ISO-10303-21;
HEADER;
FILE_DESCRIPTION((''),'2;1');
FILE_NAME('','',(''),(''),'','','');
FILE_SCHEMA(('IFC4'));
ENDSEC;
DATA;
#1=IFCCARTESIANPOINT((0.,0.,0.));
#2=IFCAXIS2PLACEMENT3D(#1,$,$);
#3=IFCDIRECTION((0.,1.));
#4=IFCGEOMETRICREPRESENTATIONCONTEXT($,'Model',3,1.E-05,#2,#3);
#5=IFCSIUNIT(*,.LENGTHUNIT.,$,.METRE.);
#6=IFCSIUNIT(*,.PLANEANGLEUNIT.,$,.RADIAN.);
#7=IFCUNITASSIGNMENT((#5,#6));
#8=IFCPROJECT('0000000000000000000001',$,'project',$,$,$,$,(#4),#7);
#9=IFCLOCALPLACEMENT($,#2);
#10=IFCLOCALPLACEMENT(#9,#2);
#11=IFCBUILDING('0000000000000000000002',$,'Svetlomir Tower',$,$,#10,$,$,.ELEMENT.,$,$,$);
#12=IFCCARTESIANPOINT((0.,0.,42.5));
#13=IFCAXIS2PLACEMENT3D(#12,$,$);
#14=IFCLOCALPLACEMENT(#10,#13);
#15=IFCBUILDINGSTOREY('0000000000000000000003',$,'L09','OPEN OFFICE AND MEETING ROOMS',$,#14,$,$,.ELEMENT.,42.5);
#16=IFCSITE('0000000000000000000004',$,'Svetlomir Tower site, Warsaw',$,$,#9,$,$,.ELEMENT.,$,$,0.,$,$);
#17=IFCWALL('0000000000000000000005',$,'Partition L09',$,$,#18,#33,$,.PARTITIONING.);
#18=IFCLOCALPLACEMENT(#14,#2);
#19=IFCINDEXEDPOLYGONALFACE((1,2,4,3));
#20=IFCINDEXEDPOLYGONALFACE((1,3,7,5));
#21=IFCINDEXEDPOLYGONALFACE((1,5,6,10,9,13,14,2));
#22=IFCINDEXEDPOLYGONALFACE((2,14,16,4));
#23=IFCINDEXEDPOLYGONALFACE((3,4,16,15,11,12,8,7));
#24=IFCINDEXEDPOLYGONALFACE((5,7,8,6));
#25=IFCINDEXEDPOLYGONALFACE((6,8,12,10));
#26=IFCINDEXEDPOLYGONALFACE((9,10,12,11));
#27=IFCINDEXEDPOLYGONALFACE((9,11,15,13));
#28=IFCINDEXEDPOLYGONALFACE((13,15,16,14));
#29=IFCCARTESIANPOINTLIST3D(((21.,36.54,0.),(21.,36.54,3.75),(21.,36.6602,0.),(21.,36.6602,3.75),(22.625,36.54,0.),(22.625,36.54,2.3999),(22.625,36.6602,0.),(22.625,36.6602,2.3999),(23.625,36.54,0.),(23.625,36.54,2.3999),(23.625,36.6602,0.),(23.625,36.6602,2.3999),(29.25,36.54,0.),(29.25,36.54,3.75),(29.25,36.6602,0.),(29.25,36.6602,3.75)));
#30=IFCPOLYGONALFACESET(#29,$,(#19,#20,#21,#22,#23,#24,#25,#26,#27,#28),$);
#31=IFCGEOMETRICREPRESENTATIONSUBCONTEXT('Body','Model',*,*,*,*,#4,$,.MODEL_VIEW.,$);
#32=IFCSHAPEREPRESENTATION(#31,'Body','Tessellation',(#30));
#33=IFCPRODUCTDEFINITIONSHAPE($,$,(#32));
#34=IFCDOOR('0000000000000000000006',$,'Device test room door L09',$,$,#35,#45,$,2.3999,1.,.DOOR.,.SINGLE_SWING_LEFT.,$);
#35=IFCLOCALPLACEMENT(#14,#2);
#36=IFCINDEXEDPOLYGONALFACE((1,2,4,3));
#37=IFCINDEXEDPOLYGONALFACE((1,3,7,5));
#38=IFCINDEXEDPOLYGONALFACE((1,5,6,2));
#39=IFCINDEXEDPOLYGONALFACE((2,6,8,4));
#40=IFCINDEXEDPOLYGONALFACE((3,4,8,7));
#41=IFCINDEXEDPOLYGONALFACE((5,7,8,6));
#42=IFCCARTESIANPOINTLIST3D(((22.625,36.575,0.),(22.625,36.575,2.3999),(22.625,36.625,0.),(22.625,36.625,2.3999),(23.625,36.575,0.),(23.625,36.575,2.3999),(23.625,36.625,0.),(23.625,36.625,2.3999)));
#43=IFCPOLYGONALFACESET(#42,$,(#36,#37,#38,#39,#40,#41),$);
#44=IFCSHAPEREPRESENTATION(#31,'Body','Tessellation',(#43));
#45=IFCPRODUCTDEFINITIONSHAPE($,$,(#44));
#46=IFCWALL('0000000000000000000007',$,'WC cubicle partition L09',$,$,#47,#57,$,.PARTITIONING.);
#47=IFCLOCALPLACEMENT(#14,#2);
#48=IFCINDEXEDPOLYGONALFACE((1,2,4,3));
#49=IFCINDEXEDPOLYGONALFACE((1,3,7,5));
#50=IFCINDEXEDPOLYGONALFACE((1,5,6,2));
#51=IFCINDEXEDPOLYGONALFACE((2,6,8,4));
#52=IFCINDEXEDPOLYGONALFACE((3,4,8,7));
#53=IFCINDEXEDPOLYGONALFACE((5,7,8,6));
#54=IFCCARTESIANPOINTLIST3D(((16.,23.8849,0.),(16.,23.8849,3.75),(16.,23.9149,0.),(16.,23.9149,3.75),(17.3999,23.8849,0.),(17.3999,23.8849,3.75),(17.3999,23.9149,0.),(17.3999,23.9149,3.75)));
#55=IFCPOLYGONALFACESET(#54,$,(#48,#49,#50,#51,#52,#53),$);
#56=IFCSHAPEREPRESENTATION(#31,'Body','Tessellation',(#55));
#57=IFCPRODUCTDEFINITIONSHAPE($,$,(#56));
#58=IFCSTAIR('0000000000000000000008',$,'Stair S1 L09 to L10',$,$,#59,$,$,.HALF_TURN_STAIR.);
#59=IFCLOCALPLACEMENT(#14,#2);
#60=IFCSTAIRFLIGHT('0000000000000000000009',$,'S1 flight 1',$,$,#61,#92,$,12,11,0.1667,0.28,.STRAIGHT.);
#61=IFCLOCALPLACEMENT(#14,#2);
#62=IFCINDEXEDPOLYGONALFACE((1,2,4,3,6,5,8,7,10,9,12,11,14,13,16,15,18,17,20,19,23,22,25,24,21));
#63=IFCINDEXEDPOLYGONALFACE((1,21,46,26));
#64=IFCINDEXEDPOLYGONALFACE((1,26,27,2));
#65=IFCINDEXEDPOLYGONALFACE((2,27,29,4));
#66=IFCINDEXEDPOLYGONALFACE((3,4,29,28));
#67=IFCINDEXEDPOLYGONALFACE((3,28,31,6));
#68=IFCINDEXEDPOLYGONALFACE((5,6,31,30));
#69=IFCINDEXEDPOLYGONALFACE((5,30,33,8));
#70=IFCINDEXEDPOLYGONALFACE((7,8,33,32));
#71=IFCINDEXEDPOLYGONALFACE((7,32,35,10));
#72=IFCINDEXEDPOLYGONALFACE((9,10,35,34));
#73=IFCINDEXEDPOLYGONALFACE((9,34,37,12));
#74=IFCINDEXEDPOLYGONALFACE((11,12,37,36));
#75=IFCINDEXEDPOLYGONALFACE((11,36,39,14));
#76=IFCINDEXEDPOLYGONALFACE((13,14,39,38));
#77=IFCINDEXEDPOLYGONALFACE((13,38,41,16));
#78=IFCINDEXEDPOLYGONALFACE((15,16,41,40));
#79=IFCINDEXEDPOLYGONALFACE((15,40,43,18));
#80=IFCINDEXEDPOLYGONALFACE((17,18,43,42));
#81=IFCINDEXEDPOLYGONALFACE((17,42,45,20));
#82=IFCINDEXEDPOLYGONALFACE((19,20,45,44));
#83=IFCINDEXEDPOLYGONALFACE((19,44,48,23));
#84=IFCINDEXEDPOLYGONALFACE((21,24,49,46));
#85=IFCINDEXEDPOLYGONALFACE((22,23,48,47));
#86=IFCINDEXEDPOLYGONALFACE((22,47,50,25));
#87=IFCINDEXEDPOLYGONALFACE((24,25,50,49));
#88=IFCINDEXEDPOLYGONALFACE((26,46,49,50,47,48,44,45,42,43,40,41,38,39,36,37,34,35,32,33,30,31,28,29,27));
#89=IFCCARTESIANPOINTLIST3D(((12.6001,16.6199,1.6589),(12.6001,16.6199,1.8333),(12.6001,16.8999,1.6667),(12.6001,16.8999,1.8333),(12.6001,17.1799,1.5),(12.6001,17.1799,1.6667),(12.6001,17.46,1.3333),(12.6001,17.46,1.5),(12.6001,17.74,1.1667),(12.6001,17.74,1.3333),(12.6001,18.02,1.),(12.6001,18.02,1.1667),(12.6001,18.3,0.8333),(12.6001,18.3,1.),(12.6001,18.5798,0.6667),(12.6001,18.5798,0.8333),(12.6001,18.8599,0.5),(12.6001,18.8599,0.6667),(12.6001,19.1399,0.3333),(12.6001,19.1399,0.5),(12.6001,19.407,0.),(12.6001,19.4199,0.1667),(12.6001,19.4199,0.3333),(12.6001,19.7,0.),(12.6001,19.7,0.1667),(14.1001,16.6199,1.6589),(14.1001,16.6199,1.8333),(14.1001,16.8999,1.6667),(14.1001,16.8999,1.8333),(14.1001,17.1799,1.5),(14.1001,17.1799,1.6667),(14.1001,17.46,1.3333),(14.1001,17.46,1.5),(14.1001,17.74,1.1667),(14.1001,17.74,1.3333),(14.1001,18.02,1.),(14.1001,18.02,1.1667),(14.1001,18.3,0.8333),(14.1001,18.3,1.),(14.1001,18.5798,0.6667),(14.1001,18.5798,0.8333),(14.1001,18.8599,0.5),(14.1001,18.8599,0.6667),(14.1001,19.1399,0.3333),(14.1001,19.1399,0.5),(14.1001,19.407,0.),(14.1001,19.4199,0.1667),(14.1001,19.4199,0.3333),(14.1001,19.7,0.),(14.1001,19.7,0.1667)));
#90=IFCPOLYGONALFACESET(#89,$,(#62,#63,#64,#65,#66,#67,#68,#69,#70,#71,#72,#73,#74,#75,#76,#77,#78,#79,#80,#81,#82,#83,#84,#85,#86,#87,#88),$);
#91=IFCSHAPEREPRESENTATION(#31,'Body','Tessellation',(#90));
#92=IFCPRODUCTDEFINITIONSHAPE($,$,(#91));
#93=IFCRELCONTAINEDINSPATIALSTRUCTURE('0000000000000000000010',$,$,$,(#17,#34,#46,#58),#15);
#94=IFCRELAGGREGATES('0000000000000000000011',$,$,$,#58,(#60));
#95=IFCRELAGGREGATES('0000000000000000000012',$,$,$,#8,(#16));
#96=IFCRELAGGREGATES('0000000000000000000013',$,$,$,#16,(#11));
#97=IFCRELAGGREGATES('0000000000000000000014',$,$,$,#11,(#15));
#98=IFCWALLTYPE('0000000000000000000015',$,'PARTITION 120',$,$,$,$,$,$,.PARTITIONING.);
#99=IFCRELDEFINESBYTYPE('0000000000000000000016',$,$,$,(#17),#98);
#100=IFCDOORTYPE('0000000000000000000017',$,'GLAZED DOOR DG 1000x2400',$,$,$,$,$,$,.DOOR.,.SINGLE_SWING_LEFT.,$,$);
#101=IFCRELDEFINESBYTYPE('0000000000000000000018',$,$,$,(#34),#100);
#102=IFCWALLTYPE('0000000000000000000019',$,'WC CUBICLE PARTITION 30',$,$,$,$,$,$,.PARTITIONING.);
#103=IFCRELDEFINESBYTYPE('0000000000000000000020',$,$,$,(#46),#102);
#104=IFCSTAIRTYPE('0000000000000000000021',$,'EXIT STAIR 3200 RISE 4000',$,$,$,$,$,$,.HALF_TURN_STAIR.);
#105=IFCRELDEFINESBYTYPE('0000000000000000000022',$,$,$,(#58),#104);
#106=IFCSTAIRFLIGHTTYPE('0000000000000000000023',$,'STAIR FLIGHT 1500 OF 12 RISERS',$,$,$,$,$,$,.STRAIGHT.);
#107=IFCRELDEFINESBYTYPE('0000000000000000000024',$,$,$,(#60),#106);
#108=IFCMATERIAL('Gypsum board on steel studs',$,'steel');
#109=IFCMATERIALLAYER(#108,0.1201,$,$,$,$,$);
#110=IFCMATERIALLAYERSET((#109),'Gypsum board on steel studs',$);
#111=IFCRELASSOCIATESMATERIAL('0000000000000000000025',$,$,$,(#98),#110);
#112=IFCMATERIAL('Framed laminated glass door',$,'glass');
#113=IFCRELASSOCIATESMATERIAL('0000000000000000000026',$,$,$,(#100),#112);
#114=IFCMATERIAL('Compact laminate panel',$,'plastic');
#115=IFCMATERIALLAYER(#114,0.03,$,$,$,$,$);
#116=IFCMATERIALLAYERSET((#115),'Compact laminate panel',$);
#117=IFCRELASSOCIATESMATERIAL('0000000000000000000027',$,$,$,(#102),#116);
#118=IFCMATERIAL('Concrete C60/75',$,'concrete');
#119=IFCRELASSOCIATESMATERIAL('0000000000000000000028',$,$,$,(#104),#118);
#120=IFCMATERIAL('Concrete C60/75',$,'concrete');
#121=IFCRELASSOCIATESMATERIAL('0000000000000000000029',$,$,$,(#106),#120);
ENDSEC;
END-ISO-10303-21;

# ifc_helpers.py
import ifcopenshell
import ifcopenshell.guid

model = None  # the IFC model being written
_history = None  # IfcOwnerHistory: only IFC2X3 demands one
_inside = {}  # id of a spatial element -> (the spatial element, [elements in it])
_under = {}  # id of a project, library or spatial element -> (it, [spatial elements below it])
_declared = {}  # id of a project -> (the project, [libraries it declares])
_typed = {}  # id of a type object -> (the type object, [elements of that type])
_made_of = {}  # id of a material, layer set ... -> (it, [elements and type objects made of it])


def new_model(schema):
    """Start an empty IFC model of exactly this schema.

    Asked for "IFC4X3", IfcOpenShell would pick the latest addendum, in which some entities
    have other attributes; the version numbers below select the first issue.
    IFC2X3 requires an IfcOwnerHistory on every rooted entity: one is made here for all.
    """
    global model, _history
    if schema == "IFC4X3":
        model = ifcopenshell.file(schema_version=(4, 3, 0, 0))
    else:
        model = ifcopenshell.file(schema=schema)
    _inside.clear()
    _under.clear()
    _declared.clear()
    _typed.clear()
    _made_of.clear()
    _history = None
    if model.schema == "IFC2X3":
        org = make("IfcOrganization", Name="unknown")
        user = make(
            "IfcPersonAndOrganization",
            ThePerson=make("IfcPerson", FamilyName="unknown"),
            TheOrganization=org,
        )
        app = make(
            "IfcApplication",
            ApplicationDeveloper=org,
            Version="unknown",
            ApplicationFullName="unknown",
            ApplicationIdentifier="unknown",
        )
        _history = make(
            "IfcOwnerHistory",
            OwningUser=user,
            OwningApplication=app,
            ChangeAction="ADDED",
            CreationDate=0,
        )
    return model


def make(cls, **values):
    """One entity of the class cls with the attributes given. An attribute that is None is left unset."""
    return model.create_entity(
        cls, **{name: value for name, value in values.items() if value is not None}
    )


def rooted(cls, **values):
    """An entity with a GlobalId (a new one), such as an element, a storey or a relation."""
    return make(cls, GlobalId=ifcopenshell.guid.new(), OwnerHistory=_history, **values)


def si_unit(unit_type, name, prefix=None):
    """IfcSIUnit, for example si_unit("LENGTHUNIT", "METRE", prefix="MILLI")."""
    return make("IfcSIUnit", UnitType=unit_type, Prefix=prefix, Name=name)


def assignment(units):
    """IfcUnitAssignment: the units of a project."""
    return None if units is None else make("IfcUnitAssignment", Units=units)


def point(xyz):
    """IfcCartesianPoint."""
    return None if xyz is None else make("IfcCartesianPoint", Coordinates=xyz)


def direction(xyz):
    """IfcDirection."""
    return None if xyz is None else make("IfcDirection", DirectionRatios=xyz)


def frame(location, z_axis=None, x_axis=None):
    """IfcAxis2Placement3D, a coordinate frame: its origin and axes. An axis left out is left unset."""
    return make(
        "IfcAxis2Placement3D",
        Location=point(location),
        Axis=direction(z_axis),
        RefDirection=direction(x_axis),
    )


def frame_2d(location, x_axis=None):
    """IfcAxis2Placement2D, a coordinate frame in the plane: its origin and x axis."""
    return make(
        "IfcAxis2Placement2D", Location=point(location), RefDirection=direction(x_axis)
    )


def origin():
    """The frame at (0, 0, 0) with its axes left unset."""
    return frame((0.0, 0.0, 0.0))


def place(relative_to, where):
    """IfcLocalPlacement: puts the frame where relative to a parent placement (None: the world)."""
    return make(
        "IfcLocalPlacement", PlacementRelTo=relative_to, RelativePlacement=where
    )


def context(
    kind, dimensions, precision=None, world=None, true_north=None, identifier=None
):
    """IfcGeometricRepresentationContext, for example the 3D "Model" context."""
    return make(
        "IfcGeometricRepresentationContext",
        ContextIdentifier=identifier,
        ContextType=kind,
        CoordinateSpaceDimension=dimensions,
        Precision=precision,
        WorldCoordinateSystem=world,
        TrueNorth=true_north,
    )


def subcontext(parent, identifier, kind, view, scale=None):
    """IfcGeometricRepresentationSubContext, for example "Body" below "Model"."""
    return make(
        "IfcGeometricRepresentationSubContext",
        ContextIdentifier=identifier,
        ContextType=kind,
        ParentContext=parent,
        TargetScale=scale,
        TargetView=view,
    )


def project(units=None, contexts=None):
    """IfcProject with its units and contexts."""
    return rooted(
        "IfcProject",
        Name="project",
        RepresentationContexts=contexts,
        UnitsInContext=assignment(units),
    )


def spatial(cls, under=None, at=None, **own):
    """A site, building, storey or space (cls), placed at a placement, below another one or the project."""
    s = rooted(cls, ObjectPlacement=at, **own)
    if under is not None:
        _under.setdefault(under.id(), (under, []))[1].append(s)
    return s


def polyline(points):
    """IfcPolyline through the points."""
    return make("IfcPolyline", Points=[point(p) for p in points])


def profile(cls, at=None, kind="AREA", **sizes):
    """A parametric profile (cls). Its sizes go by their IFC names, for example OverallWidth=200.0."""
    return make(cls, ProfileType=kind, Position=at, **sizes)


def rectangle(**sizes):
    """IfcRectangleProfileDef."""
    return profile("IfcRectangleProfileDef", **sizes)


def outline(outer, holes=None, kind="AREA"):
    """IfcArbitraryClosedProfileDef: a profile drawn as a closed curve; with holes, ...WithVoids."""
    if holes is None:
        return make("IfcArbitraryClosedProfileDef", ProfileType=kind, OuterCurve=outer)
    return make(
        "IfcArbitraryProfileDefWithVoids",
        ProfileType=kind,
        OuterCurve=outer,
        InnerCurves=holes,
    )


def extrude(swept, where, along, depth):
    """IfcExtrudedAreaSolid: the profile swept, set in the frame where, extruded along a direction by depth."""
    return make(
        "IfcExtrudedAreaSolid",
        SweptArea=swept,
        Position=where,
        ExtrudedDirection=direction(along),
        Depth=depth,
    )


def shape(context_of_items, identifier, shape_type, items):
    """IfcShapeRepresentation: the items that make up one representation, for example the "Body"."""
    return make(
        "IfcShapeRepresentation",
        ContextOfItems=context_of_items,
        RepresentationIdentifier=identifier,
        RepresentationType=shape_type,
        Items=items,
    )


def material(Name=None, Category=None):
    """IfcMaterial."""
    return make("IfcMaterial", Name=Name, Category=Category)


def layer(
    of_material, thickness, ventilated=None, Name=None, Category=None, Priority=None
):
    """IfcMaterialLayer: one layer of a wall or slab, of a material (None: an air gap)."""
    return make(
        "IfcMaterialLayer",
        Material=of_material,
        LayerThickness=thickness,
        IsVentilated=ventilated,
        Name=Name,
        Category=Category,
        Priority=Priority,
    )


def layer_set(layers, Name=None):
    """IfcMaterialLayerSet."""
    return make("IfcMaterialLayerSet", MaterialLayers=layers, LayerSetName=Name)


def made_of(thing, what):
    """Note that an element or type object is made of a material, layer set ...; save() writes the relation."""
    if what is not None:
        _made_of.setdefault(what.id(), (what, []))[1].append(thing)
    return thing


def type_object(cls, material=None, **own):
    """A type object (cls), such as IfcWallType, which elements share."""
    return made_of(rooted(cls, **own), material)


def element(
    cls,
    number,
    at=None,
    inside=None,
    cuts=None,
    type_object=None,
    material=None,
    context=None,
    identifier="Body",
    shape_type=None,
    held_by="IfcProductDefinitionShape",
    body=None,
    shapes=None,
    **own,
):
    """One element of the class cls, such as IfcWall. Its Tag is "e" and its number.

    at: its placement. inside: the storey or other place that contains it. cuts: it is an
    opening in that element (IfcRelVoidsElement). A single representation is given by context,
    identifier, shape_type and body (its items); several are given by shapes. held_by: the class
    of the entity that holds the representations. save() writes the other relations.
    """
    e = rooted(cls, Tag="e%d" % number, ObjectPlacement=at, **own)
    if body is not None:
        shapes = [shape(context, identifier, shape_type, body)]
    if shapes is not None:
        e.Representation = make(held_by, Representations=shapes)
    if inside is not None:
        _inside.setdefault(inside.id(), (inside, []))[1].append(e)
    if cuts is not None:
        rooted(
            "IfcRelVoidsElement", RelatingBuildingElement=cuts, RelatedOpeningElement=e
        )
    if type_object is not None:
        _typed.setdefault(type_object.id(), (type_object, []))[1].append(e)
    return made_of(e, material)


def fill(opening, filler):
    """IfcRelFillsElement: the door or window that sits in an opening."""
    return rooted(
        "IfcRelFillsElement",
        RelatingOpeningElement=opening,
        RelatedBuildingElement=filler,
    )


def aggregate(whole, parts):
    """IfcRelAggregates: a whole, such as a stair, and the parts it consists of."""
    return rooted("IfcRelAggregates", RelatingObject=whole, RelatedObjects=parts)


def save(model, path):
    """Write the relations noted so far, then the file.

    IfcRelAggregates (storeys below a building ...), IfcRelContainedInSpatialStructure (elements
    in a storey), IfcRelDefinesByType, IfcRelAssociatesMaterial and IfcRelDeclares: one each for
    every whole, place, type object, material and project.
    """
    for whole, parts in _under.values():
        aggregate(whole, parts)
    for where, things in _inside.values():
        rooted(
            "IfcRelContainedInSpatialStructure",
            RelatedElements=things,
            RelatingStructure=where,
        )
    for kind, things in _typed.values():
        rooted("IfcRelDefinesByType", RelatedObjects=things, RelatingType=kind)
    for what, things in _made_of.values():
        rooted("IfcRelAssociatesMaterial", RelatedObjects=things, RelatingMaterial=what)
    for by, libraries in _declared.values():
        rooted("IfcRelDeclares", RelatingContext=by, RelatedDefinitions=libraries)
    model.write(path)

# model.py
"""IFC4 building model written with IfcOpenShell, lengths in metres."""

from ifc_helpers import new_model, si_unit, direction, frame, frame_2d, origin, place, context, subcontext, project, spatial, polyline, rectangle, outline, extrude, material, layer, layer_set, type_object, element, fill, aggregate, save


model = new_model("IFC4")

# Units and contexts
model_context = context("Model", 3, precision=1e-05, world=origin(), true_north=direction((0.0, 1.0)))
body_context = subcontext(model_context, "Body", "Model", "MODEL_VIEW")
ifc_project = project(units=[si_unit("LENGTHUNIT", "METRE"), si_unit("PLANEANGLEUNIT", "RADIAN")], contexts=[model_context])

# Site, building, storey
site_placement = place(None, origin())
site = spatial("IfcSite", under=ifc_project, at=site_placement, Name="Svetlomir Tower site, Warsaw", CompositionType="ELEMENT", RefElevation=0.0)
building_placement = place(site_placement, origin())
building = spatial("IfcBuilding", under=site, at=building_placement, Name="Svetlomir Tower", CompositionType="ELEMENT")
storey_placement = place(building_placement, frame((0.0, 0.0, 42.5)))
storey = spatial("IfcBuildingStorey", under=building, at=storey_placement, Name="L09", Description="OPEN OFFICE AND MEETING ROOMS", CompositionType="ELEMENT", Elevation=42.5)

# Shared definitions
ifc_material_1 = material(Name="Gypsum board on steel studs", Category="steel")
ifc_layer_1 = layer(ifc_material_1, 0.1201)
ifc_layer_set_1 = layer_set([ifc_layer_1], Name="Gypsum board on steel studs")
wall_type_1 = type_object("IfcWallType", Name="PARTITION 120", PredefinedType="PARTITIONING", material=ifc_layer_set_1)

# Wall, opening, door
ifc_material_2 = material(Name="Framed laminated glass door", Category="glass")
door_type = type_object("IfcDoorType", Name="GLAZED DOOR DG 1000x2400", OperationType="SINGLE_SWING_LEFT", PredefinedType="DOOR", material=ifc_material_2)
wall_1_placement = place(storey_placement, frame((21.0, 36.6001, 0.0), z_axis=(0.0, 0.0, 1.0), x_axis=(1.0, 0.0, 0.0)))
wall_1 = element("IfcWall", 1, at=wall_1_placement, inside=storey, type_object=wall_type_1, Name="Partition L09", PredefinedType="PARTITIONING", context=body_context, shape_type="SweptSolid", body=[
    extrude(rectangle(XDim=8.25, YDim=0.1201, at=frame_2d((4.125, 0.0))), origin(), (0.0, 0.0, 1.0), 3.75),
])
opening_1_placement = place(wall_1_placement, frame((1.625, 0.0, 0.0)))
opening_1 = element("IfcOpeningElement", 2, at=opening_1_placement, cuts=wall_1, PredefinedType="OPENING", context=body_context, shape_type="SweptSolid", body=[
    extrude(rectangle(XDim=1.0, YDim=2.3999, at=frame_2d((0.5, 1.2))), frame((0.0, 0.0701, 0.0), z_axis=(0.0, -1.0, 0.0), x_axis=(1.0, 0.0, 0.0)), (0.0, 0.0, 1.0), 0.1401),
])
door_1_placement = place(opening_1_placement, origin())
door_1 = element("IfcDoor", 3, at=door_1_placement, inside=storey, type_object=door_type, Name="Device test room door L09", OperationType="SINGLE_SWING_LEFT", OverallHeight=2.3999, OverallWidth=1.0, PredefinedType="DOOR", context=body_context, shape_type="SweptSolid", body=[
    extrude(rectangle(XDim=1.0, YDim=2.3999, at=frame_2d((0.5, 1.2))), frame((0.0, 0.0249, 0.0), z_axis=(0.0, -1.0, 0.0), x_axis=(1.0, 0.0, 0.0)), (0.0, 0.0, 1.0), 0.05),
])
fill(opening_1, door_1)

# Wall
ifc_material_3 = material(Name="Compact laminate panel", Category="plastic")
ifc_layer_2 = layer(ifc_material_3, 0.03)
ifc_layer_set_2 = layer_set([ifc_layer_2], Name="Compact laminate panel")
wall_type_2 = type_object("IfcWallType", Name="WC CUBICLE PARTITION 30", PredefinedType="PARTITIONING", material=ifc_layer_set_2)
wall_2_placement = place(storey_placement, frame((16.0, 23.8999, 0.0), z_axis=(0.0, 0.0, 1.0), x_axis=(1.0, 0.0, 0.0)))
element("IfcWall", 4, at=wall_2_placement, inside=storey, type_object=wall_type_2, Name="WC cubicle partition L09", PredefinedType="PARTITIONING", context=body_context, shape_type="SweptSolid", body=[
    extrude(rectangle(XDim=1.3999, YDim=0.03, at=frame_2d((0.7, 0.0))), origin(), (0.0, 0.0, 1.0), 3.75),
])

# Stair, stair flight
ifc_material_4 = material(Name="Concrete C60/75", Category="concrete")
stair_type = type_object("IfcStairType", Name="EXIT STAIR 3200 RISE 4000", PredefinedType="HALF_TURN_STAIR", material=ifc_material_4)
stair_placement = place(storey_placement, origin())
stair = element("IfcStair", 5, at=stair_placement, inside=storey, type_object=stair_type, Name="Stair S1 L09 to L10", PredefinedType="HALF_TURN_STAIR")
ifc_material_5 = material(Name="Concrete C60/75", Category="concrete")
stair_flight_type = type_object("IfcStairFlightType", Name="STAIR FLIGHT 1500 OF 12 RISERS", PredefinedType="STRAIGHT", material=ifc_material_5)
stair_flight_placement = place(storey_placement, frame((13.3501, 19.7, 0.0), z_axis=(0.0, 0.0, 1.0), x_axis=(0.0, -1.0, 0.0)))
stair_flight = element("IfcStairFlight", 6, at=stair_flight_placement, type_object=stair_flight_type, Name="S1 flight 1", NumberOfRisers=12, NumberOfTreads=11, PredefinedType="STRAIGHT", RiserHeight=0.1667, TreadLength=0.28, context=body_context, shape_type="SweptSolid", body=[
    extrude(outline(polyline([(0.0, 0.0), (0.0, 0.1667), (0.28, 0.1667), (0.28, 0.3333), (0.5601, 0.3333), (0.5601, 0.5), (0.8401, 0.5), (0.8401, 0.6667), (1.1201, 0.6667), (1.1201, 0.8333), (1.3999, 0.8333), (1.3999, 1.0), (1.6799, 1.0), (1.6799, 1.1667), (1.96, 1.1667), (1.96, 1.3333), (2.24, 1.3333), (2.24, 1.5), (2.52, 1.5), (2.52, 1.6667), (2.8, 1.6667), (2.8, 1.8333), (3.0801, 1.8333), (3.0801, 2.0), (3.0801, 1.6589), (0.293, 0.0), (0.0, 0.0)])), frame((0.0, 0.75, 0.0), z_axis=(0.0, -1.0, 0.0), x_axis=(1.0, 0.0, 0.0)), (0.0, 0.0, 1.0), 1.5),
])
aggregate(stair, [stair_flight])

save(model, "model.ifc")
